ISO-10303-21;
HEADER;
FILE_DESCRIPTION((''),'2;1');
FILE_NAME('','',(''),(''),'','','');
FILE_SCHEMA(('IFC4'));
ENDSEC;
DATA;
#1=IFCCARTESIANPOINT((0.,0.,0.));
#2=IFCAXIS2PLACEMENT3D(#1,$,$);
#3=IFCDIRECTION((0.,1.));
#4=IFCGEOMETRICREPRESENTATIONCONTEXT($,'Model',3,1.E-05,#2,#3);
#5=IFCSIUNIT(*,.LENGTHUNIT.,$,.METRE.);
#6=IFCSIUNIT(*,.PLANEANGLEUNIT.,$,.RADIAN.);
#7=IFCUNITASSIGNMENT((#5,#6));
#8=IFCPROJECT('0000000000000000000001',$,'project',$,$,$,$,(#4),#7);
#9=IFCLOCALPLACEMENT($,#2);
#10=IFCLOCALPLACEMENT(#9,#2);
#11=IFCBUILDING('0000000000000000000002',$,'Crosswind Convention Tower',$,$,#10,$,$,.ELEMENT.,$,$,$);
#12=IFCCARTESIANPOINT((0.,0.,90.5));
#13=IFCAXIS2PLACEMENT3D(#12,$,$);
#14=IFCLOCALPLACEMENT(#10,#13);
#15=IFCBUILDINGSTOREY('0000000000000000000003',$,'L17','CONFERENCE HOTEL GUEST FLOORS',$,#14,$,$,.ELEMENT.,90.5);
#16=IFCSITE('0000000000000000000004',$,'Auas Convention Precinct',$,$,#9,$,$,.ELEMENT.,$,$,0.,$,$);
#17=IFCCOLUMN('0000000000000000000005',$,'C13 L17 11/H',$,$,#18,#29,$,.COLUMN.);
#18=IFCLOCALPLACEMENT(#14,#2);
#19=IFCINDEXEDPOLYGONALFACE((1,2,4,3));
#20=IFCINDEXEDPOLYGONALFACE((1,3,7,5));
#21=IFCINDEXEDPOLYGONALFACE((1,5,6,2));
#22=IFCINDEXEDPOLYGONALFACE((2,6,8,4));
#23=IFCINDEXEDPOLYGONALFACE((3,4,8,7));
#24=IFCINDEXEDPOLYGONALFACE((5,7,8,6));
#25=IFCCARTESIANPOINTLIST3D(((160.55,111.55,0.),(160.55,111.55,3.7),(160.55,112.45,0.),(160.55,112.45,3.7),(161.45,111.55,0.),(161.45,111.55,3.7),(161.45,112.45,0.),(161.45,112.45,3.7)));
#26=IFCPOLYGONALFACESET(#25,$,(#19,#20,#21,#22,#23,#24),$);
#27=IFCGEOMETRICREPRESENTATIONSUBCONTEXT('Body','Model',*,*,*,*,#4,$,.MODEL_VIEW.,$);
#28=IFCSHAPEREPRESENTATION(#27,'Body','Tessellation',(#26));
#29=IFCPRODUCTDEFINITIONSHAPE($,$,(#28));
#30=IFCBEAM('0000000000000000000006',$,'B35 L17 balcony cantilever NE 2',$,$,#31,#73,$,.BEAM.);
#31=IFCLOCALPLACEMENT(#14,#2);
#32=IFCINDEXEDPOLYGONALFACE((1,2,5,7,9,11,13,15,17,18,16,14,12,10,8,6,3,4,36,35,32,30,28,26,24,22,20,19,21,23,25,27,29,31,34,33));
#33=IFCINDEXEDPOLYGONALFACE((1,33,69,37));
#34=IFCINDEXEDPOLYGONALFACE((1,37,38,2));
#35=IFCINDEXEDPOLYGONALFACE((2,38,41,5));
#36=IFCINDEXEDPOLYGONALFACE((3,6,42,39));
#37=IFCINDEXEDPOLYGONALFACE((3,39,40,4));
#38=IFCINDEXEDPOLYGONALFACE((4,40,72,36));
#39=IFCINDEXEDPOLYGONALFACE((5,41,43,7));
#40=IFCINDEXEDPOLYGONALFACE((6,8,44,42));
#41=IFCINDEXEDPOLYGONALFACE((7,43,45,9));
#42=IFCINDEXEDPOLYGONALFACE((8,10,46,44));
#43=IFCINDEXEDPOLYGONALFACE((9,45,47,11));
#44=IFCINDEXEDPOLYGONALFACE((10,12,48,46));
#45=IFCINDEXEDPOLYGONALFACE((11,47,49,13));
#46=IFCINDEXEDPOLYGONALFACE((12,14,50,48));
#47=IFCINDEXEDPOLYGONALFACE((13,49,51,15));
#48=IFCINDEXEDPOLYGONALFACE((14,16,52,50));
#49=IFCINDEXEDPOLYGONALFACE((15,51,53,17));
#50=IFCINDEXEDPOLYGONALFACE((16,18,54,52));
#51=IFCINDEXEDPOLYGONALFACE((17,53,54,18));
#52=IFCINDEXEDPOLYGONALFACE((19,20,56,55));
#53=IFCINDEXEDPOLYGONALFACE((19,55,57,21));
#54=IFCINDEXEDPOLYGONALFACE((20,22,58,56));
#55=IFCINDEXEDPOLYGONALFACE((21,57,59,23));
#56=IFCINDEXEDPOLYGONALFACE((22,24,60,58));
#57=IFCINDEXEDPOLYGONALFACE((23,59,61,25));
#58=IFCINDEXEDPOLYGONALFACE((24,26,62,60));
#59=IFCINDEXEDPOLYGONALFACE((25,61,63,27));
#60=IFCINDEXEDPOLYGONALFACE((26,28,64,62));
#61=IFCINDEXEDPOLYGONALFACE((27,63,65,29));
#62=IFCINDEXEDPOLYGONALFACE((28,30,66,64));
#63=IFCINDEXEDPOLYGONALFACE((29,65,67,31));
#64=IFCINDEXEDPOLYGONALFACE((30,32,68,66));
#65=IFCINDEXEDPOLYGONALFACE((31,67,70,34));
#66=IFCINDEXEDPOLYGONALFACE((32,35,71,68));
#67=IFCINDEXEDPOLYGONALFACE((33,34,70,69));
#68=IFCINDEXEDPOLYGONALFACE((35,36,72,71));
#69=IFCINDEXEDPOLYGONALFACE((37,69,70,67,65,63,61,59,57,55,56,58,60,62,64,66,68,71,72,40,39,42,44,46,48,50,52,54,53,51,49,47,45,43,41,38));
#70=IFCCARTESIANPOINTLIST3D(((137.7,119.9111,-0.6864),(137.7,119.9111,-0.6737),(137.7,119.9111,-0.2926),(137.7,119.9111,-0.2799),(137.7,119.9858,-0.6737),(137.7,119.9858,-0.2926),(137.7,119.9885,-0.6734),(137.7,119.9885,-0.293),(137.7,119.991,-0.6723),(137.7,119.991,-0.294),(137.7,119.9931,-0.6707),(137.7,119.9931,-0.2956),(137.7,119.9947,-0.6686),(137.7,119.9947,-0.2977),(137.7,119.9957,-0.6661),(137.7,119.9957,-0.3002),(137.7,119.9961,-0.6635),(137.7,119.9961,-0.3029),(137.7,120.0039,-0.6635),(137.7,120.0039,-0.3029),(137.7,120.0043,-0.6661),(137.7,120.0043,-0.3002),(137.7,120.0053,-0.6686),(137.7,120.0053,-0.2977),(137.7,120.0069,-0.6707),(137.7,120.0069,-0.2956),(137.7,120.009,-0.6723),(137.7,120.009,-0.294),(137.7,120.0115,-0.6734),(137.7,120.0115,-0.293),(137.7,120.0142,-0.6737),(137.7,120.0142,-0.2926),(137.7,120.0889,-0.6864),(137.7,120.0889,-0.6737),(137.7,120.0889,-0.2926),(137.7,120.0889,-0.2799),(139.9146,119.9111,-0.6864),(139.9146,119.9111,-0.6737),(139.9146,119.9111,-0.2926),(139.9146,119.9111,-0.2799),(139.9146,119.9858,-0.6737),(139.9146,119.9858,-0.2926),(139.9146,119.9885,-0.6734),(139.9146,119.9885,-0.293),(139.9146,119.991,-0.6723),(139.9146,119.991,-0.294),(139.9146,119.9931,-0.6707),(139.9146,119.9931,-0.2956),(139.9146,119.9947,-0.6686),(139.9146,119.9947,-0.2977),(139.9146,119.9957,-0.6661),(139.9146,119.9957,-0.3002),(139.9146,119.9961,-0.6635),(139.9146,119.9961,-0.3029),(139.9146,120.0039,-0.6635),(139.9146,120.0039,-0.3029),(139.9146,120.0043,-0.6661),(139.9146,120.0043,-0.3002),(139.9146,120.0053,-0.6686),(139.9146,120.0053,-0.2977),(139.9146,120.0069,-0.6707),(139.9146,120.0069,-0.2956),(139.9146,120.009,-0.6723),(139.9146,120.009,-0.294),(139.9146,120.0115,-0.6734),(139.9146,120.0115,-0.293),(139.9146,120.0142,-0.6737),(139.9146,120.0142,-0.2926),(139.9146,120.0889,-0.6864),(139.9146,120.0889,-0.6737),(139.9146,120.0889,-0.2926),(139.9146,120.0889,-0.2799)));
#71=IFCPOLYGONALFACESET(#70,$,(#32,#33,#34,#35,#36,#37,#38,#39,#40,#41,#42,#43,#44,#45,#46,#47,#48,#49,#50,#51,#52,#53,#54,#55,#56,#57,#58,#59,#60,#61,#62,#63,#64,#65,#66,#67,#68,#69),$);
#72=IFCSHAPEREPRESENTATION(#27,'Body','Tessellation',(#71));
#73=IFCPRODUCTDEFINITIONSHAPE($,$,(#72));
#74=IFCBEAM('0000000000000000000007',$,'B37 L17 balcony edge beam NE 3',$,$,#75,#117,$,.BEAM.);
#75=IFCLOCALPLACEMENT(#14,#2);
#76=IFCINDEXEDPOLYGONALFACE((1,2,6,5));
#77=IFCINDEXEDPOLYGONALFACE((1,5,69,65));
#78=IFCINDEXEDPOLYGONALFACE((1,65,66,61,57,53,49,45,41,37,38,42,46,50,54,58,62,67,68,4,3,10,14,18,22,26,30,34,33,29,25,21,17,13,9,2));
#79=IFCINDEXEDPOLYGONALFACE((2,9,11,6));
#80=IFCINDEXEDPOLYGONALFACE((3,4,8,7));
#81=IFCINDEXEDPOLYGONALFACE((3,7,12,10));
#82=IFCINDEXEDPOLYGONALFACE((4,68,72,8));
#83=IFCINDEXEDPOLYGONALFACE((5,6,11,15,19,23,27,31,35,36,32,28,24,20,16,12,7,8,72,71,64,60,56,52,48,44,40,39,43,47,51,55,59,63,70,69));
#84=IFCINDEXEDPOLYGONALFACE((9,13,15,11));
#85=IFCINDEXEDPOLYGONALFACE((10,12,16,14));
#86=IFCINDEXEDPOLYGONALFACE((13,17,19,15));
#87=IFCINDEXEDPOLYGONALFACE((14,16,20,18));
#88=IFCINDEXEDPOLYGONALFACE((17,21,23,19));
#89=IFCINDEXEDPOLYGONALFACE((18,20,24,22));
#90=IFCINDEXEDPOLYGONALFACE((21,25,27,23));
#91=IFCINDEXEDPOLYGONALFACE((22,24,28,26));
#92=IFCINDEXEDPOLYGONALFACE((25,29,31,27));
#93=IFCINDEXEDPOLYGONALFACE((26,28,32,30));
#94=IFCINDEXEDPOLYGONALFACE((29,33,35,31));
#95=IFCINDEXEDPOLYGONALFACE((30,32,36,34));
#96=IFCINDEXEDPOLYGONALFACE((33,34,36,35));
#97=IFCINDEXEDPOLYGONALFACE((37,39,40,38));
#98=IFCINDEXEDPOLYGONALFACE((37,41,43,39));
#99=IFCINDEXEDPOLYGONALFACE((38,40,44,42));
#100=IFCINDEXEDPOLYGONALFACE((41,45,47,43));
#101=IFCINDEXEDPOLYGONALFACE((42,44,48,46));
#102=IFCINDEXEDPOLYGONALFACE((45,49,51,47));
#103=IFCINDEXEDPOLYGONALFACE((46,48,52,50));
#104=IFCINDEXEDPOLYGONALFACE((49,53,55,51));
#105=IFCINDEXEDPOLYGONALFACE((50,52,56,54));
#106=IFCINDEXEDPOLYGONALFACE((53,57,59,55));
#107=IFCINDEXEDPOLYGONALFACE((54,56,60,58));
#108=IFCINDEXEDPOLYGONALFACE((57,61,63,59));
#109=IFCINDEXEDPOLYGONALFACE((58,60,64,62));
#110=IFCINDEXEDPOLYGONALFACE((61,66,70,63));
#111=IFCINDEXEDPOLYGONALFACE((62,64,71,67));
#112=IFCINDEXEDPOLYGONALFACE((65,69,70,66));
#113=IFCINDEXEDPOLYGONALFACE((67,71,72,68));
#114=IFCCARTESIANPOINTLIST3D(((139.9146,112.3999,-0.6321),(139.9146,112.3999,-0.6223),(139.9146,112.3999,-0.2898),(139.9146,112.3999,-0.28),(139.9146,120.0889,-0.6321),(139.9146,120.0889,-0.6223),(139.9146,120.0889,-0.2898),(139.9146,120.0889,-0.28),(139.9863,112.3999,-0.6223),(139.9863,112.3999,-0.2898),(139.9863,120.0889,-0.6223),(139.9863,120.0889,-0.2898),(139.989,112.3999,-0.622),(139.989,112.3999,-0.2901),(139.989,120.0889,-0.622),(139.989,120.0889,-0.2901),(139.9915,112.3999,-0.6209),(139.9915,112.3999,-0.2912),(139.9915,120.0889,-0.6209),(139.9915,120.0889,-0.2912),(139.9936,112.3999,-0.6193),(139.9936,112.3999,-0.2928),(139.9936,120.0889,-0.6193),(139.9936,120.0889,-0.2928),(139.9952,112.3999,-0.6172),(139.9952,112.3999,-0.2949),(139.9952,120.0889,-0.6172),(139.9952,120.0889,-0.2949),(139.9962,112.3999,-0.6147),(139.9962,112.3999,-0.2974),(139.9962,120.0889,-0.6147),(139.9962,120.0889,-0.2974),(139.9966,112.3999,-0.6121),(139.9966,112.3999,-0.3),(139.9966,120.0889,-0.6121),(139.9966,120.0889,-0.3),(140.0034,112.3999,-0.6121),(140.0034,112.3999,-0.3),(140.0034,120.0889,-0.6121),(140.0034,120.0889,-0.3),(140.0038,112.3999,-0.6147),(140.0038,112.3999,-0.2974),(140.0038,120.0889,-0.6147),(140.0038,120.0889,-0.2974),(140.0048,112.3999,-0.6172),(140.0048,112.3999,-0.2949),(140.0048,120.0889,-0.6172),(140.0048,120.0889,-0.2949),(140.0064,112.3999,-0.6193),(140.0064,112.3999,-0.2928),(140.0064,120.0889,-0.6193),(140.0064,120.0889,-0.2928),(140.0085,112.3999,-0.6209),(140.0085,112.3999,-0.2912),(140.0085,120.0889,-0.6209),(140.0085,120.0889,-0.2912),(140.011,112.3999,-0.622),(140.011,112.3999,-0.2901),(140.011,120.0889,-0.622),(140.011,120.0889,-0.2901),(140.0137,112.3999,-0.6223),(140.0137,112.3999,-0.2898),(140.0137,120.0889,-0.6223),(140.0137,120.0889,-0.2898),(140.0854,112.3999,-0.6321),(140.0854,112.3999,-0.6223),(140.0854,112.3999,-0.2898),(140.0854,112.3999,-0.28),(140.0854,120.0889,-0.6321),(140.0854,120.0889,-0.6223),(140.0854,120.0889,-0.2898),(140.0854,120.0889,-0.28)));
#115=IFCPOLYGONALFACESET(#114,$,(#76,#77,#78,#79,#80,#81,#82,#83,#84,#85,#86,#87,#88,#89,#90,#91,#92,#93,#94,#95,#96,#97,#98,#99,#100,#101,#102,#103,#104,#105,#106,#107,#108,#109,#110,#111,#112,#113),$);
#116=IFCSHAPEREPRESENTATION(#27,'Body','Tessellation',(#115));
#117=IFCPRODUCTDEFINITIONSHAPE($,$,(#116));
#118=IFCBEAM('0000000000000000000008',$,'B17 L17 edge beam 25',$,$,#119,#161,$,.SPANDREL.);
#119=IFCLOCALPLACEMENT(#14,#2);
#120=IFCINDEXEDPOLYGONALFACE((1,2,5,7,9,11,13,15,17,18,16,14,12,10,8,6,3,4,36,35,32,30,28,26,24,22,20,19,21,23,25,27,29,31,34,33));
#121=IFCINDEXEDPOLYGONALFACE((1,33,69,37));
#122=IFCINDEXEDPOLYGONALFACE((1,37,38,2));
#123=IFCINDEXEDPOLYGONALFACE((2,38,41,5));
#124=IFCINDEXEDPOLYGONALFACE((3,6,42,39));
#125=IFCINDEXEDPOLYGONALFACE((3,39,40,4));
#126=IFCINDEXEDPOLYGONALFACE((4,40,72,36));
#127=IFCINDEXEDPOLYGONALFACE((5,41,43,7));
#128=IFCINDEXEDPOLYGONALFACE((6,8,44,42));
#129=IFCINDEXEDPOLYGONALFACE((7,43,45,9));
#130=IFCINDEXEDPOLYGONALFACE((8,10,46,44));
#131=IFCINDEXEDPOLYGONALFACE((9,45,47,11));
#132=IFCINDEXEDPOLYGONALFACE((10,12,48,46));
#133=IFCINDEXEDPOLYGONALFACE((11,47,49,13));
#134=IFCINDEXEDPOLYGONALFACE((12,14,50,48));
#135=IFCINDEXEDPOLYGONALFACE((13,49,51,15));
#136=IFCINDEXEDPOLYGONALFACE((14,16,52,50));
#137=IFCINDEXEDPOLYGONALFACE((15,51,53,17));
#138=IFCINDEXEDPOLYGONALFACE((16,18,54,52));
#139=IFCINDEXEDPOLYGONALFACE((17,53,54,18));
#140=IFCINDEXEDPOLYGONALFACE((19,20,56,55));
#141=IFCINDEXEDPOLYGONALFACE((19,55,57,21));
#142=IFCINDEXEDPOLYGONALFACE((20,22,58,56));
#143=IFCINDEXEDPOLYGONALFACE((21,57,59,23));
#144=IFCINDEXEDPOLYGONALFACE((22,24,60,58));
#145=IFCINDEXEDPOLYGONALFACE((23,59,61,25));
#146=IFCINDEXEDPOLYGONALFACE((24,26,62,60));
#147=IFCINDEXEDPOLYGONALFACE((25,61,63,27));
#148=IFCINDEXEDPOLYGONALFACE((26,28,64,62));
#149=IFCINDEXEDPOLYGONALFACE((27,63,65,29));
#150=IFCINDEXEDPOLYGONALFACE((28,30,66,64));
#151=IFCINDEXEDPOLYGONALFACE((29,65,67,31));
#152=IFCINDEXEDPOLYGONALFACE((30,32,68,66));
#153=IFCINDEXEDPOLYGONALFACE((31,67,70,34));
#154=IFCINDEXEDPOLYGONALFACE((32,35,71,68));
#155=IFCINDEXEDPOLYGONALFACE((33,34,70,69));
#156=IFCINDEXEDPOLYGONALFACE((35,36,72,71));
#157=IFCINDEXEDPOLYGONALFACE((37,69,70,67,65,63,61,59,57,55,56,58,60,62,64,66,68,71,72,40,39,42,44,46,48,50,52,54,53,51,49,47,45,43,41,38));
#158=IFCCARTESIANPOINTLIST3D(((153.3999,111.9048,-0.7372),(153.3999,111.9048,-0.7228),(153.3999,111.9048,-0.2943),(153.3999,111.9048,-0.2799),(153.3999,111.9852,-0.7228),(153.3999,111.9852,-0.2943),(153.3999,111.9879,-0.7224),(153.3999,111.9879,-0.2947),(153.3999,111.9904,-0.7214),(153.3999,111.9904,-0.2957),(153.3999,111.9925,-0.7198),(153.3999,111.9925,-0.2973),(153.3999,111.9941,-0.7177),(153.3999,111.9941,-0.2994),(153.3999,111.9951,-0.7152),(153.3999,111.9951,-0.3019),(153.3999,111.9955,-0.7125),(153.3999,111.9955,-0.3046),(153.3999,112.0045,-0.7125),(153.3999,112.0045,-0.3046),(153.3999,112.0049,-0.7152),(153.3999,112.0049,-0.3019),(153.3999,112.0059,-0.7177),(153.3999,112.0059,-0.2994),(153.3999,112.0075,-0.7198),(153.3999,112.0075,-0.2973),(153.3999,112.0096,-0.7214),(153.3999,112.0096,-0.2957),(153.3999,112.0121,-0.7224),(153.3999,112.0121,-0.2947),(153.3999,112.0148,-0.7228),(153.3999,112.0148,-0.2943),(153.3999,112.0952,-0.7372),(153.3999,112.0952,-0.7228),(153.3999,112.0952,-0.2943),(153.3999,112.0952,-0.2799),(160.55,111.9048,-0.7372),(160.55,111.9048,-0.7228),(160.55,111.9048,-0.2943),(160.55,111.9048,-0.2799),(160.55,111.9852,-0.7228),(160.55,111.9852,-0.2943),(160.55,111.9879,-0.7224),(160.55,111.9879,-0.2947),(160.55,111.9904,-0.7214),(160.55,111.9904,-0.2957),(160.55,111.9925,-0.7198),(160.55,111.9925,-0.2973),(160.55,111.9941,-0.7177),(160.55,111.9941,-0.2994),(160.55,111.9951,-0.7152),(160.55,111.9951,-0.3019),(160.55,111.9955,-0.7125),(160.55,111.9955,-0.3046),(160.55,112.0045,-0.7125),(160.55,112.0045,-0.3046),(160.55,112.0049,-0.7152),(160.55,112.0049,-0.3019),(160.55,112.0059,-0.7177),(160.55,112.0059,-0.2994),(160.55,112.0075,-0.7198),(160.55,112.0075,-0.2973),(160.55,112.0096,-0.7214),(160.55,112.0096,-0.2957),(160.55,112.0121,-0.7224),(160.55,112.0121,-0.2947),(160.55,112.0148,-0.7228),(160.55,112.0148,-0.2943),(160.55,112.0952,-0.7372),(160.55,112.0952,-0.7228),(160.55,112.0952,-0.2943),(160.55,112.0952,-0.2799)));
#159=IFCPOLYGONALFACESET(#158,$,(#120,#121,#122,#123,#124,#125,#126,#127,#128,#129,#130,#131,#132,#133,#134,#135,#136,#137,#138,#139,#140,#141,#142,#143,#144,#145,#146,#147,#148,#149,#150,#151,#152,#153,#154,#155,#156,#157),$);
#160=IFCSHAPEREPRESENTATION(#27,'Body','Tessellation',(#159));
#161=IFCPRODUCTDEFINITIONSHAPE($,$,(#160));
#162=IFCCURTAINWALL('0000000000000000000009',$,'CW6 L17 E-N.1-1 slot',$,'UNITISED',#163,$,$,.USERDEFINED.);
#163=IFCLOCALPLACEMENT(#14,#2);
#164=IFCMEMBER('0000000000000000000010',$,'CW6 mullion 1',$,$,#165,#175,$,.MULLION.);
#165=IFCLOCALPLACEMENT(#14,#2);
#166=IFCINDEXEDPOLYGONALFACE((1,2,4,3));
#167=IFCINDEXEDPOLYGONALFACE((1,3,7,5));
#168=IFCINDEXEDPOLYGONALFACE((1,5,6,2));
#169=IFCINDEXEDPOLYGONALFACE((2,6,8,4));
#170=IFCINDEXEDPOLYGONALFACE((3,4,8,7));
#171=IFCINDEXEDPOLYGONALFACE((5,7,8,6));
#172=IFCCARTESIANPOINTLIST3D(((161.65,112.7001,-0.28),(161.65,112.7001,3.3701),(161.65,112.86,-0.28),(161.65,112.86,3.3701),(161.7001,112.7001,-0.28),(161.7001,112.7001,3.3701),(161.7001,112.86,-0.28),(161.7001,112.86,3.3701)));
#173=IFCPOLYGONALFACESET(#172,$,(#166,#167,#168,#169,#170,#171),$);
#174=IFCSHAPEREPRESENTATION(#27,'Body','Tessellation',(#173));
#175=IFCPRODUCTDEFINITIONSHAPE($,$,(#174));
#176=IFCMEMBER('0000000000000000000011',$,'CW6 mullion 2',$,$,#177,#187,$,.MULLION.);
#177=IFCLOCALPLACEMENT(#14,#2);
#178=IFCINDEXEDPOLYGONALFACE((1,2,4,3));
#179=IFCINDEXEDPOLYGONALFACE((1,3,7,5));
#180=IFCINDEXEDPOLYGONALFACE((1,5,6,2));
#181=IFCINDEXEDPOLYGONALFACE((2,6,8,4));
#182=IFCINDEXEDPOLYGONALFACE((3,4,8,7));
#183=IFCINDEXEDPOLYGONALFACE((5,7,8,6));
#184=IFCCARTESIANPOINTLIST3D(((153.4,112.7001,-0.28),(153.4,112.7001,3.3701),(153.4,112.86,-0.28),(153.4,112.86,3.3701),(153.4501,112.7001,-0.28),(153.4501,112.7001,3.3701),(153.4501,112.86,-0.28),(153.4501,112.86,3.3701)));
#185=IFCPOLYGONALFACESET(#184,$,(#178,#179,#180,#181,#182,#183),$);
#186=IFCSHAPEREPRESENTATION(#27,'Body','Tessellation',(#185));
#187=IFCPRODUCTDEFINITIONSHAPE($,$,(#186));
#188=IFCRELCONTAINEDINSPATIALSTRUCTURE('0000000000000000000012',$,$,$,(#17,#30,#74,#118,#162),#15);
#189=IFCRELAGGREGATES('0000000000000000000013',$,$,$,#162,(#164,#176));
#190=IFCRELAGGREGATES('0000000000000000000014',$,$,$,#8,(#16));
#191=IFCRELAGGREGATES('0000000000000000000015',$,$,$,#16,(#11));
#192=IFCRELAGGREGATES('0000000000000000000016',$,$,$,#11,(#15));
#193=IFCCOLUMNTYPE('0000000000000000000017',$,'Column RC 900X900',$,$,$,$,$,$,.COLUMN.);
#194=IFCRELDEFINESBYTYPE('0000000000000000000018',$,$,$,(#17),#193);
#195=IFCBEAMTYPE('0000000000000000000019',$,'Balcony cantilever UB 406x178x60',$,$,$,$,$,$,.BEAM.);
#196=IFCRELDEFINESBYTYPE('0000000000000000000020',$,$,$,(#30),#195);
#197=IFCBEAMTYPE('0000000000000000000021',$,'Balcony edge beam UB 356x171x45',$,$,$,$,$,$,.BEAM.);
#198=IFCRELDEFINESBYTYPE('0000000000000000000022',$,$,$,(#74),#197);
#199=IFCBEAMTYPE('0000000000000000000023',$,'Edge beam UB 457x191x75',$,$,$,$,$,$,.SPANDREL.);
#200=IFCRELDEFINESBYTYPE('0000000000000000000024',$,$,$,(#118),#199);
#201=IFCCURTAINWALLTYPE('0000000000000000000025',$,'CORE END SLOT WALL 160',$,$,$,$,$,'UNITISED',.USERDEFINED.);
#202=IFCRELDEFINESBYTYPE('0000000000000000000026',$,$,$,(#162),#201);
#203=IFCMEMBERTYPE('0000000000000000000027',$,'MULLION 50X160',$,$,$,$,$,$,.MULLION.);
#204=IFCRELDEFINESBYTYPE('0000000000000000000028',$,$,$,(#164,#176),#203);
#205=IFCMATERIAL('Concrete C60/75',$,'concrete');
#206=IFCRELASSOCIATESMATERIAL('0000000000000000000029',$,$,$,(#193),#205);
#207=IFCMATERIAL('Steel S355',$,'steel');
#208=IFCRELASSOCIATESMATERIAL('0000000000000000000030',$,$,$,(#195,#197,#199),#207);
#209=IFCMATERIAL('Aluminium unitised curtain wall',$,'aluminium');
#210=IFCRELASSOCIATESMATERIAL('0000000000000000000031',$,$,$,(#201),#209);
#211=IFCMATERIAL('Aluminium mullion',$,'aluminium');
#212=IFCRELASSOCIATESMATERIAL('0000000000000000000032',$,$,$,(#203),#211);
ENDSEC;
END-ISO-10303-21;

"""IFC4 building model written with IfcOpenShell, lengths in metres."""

from ifc_helpers import new_model, si_unit, direction, frame, origin, origin_2d, place, context, subcontext, project, spatial, rectangle, i_section, extrude, material, material_profile, profile_set, type_object, element, aggregate, save


model = new_model("IFC4")

# Units and contexts
model_context = context("Model", 3, precision=1e-05, world=origin(), true_north=direction((0.0, 1.0)))
body_context = subcontext(model_context, "Body", "Model", "MODEL_VIEW")
ifc_project = project(units=[si_unit("LENGTHUNIT", "METRE"), si_unit("PLANEANGLEUNIT", "RADIAN")], contexts=[model_context])

# Site, building, storey
site_placement = place(None, origin())
site = spatial("IfcSite", under=ifc_project, at=site_placement, Name="Auas Convention Precinct", CompositionType="ELEMENT", RefElevation=0.0)
building_placement = place(site_placement, origin())
building = spatial("IfcBuilding", under=site, at=building_placement, Name="Crosswind Convention Tower", CompositionType="ELEMENT")
storey_placement = place(building_placement, frame((0.0, 0.0, 90.5)))
storey = spatial("IfcBuildingStorey", under=building, at=storey_placement, Name="L17", Description="CONFERENCE HOTEL GUEST FLOORS", CompositionType="ELEMENT", Elevation=90.5)

# Column
ifc_material_1 = material(Name="Concrete C60/75", Category="concrete")
ifc_material_profile_1 = material_profile(ifc_material_1, rectangle(XDim=0.8999, YDim=0.8999, at=origin_2d()), Name="RC 900X900")
ifc_profile_set_1 = profile_set([ifc_material_profile_1], Name="Concrete C60/75")
column_type = type_object("IfcColumnType", Name="Column RC 900X900", PredefinedType="COLUMN", material=ifc_profile_set_1)
column_placement = place(storey_placement, frame((161.0, 112.0, 0.0), z_axis=(0.0, 0.0, 1.0), x_axis=(1.0, 0.0, 0.0)))
element("IfcColumn", 1, at=column_placement, inside=storey, type_object=column_type, Name="C13 L17 11/H", PredefinedType="COLUMN", context=body_context, shape_type="SweptSolid", body=[
    extrude(rectangle(XDim=0.8999, YDim=0.8999, at=origin_2d()), origin(), (0.0, 0.0, 1.0), 3.7),
])

# Beams
ifc_material_2 = material(Name="Steel S355", Category="steel")
ifc_material_profile_2 = material_profile(ifc_material_2, i_section(OverallWidth=0.1777, OverallDepth=0.4065, WebThickness=0.0078, FlangeThickness=0.0127, FilletRadius=0.0103, at=origin_2d()), Name="UB 406x178x60")
ifc_profile_set_2 = profile_set([ifc_material_profile_2], Name="Steel S355")
beam_type_1 = type_object("IfcBeamType", Name="Balcony cantilever UB 406x178x60", PredefinedType="BEAM", material=ifc_profile_set_2)
beam_1_placement = place(storey_placement, frame((137.7, 120.0, -0.4832), z_axis=(1.0, 0.0, 0.0), x_axis=(0.0, 1.0, 0.0)))
element("IfcBeam", 2, at=beam_1_placement, inside=storey, type_object=beam_type_1, Name="B35 L17 balcony cantilever NE 2", PredefinedType="BEAM", context=body_context, shape_type="SweptSolid", body=[
    extrude(i_section(OverallWidth=0.1777, OverallDepth=0.4065, WebThickness=0.0078, FlangeThickness=0.0127, FilletRadius=0.0103, at=origin_2d()), origin(), (0.0, 0.0, 1.0), 2.2146),
])
ifc_material_profile_3 = material_profile(ifc_material_2, i_section(OverallWidth=0.1709, OverallDepth=0.3521, WebThickness=0.0068, FlangeThickness=0.0098, FilletRadius=0.0103, at=origin_2d()), Name="UB 356x171x45")
ifc_profile_set_3 = profile_set([ifc_material_profile_3], Name="Steel S355")
beam_type_2 = type_object("IfcBeamType", Name="Balcony edge beam UB 356x171x45", PredefinedType="BEAM", material=ifc_profile_set_3)
beam_2_placement = place(storey_placement, frame((140.0, 112.3999, -0.4561), z_axis=(0.0, 1.0, 0.0), x_axis=(-1.0, 0.0, 0.0)))
element("IfcBeam", 3, at=beam_2_placement, inside=storey, type_object=beam_type_2, Name="B37 L17 balcony edge beam NE 3", PredefinedType="BEAM", context=body_context, shape_type="SweptSolid", body=[
    extrude(i_section(OverallWidth=0.1709, OverallDepth=0.3521, WebThickness=0.0068, FlangeThickness=0.0098, FilletRadius=0.0103, at=origin_2d()), origin(), (0.0, 0.0, 1.0), 7.689),
])
ifc_material_profile_4 = material_profile(ifc_material_2, i_section(OverallWidth=0.1904, OverallDepth=0.4573, WebThickness=0.009, FlangeThickness=0.0144, FilletRadius=0.0103, at=origin_2d()), Name="UB 457x191x75")
ifc_profile_set_4 = profile_set([ifc_material_profile_4], Name="Steel S355")
beam_type_3 = type_object("IfcBeamType", Name="Edge beam UB 457x191x75", PredefinedType="SPANDREL", material=ifc_profile_set_4)
beam_3_placement = place(storey_placement, frame((153.3999, 112.0, -0.5085), z_axis=(1.0, 0.0, 0.0), x_axis=(0.0, 1.0, 0.0)))
element("IfcBeam", 4, at=beam_3_placement, inside=storey, type_object=beam_type_3, Name="B17 L17 edge beam 25", PredefinedType="SPANDREL", context=body_context, shape_type="SweptSolid", body=[
    extrude(i_section(OverallWidth=0.1904, OverallDepth=0.4573, WebThickness=0.009, FlangeThickness=0.0144, FilletRadius=0.0103, at=origin_2d()), origin(), (0.0, 0.0, 1.0), 7.1501),
])

# Curtain wall, members
ifc_material_3 = material(Name="Aluminium unitised curtain wall", Category="aluminium")
curtain_wall_type_1 = type_object("IfcCurtainWallType", Name="CORE END SLOT WALL 160", ElementType="UNITISED", PredefinedType="USERDEFINED", material=ifc_material_3)
curtain_wall_1_placement = place(storey_placement, origin())
curtain_wall_1 = element("IfcCurtainWall", 5, at=curtain_wall_1_placement, inside=storey, type_object=curtain_wall_type_1, Name="CW6 L17 E-N.1-1 slot", ObjectType="UNITISED", PredefinedType="USERDEFINED")
ifc_material_4 = material(Name="Aluminium mullion", Category="aluminium")
ifc_material_profile_5 = material_profile(ifc_material_4, rectangle(XDim=0.1599, YDim=0.05, at=origin_2d()), Name="AL 160X50")
ifc_profile_set_5 = profile_set([ifc_material_profile_5], Name="Aluminium mullion")
member_type_1 = type_object("IfcMemberType", Name="MULLION 50X160", PredefinedType="MULLION", material=ifc_profile_set_5)
member_1_placement = place(storey_placement, frame((161.675, 112.78, -0.28), z_axis=(0.0, 0.0, 1.0), x_axis=(0.0, 1.0, 0.0)))
member_1 = element("IfcMember", 6, at=member_1_placement, type_object=member_type_1, Name="CW6 mullion 1", PredefinedType="MULLION", context=body_context, shape_type="SweptSolid", body=[
    extrude(rectangle(XDim=0.1599, YDim=0.05, at=origin_2d()), origin(), (0.0, 0.0, 1.0), 3.6501),
])
member_2_placement = place(storey_placement, frame((153.425, 112.78, -0.28), z_axis=(0.0, 0.0, 1.0), x_axis=(0.0, 1.0, 0.0)))
member_2 = element("IfcMember", 7, at=member_2_placement, type_object=member_type_1, Name="CW6 mullion 2", PredefinedType="MULLION", context=body_context, shape_type="SweptSolid", body=[
    extrude(rectangle(XDim=0.1599, YDim=0.05, at=origin_2d()), origin(), (0.0, 0.0, 1.0), 3.6501),
])

aggregate(curtain_wall_1, [member_1, member_2])

save(model, "model.ifc")
